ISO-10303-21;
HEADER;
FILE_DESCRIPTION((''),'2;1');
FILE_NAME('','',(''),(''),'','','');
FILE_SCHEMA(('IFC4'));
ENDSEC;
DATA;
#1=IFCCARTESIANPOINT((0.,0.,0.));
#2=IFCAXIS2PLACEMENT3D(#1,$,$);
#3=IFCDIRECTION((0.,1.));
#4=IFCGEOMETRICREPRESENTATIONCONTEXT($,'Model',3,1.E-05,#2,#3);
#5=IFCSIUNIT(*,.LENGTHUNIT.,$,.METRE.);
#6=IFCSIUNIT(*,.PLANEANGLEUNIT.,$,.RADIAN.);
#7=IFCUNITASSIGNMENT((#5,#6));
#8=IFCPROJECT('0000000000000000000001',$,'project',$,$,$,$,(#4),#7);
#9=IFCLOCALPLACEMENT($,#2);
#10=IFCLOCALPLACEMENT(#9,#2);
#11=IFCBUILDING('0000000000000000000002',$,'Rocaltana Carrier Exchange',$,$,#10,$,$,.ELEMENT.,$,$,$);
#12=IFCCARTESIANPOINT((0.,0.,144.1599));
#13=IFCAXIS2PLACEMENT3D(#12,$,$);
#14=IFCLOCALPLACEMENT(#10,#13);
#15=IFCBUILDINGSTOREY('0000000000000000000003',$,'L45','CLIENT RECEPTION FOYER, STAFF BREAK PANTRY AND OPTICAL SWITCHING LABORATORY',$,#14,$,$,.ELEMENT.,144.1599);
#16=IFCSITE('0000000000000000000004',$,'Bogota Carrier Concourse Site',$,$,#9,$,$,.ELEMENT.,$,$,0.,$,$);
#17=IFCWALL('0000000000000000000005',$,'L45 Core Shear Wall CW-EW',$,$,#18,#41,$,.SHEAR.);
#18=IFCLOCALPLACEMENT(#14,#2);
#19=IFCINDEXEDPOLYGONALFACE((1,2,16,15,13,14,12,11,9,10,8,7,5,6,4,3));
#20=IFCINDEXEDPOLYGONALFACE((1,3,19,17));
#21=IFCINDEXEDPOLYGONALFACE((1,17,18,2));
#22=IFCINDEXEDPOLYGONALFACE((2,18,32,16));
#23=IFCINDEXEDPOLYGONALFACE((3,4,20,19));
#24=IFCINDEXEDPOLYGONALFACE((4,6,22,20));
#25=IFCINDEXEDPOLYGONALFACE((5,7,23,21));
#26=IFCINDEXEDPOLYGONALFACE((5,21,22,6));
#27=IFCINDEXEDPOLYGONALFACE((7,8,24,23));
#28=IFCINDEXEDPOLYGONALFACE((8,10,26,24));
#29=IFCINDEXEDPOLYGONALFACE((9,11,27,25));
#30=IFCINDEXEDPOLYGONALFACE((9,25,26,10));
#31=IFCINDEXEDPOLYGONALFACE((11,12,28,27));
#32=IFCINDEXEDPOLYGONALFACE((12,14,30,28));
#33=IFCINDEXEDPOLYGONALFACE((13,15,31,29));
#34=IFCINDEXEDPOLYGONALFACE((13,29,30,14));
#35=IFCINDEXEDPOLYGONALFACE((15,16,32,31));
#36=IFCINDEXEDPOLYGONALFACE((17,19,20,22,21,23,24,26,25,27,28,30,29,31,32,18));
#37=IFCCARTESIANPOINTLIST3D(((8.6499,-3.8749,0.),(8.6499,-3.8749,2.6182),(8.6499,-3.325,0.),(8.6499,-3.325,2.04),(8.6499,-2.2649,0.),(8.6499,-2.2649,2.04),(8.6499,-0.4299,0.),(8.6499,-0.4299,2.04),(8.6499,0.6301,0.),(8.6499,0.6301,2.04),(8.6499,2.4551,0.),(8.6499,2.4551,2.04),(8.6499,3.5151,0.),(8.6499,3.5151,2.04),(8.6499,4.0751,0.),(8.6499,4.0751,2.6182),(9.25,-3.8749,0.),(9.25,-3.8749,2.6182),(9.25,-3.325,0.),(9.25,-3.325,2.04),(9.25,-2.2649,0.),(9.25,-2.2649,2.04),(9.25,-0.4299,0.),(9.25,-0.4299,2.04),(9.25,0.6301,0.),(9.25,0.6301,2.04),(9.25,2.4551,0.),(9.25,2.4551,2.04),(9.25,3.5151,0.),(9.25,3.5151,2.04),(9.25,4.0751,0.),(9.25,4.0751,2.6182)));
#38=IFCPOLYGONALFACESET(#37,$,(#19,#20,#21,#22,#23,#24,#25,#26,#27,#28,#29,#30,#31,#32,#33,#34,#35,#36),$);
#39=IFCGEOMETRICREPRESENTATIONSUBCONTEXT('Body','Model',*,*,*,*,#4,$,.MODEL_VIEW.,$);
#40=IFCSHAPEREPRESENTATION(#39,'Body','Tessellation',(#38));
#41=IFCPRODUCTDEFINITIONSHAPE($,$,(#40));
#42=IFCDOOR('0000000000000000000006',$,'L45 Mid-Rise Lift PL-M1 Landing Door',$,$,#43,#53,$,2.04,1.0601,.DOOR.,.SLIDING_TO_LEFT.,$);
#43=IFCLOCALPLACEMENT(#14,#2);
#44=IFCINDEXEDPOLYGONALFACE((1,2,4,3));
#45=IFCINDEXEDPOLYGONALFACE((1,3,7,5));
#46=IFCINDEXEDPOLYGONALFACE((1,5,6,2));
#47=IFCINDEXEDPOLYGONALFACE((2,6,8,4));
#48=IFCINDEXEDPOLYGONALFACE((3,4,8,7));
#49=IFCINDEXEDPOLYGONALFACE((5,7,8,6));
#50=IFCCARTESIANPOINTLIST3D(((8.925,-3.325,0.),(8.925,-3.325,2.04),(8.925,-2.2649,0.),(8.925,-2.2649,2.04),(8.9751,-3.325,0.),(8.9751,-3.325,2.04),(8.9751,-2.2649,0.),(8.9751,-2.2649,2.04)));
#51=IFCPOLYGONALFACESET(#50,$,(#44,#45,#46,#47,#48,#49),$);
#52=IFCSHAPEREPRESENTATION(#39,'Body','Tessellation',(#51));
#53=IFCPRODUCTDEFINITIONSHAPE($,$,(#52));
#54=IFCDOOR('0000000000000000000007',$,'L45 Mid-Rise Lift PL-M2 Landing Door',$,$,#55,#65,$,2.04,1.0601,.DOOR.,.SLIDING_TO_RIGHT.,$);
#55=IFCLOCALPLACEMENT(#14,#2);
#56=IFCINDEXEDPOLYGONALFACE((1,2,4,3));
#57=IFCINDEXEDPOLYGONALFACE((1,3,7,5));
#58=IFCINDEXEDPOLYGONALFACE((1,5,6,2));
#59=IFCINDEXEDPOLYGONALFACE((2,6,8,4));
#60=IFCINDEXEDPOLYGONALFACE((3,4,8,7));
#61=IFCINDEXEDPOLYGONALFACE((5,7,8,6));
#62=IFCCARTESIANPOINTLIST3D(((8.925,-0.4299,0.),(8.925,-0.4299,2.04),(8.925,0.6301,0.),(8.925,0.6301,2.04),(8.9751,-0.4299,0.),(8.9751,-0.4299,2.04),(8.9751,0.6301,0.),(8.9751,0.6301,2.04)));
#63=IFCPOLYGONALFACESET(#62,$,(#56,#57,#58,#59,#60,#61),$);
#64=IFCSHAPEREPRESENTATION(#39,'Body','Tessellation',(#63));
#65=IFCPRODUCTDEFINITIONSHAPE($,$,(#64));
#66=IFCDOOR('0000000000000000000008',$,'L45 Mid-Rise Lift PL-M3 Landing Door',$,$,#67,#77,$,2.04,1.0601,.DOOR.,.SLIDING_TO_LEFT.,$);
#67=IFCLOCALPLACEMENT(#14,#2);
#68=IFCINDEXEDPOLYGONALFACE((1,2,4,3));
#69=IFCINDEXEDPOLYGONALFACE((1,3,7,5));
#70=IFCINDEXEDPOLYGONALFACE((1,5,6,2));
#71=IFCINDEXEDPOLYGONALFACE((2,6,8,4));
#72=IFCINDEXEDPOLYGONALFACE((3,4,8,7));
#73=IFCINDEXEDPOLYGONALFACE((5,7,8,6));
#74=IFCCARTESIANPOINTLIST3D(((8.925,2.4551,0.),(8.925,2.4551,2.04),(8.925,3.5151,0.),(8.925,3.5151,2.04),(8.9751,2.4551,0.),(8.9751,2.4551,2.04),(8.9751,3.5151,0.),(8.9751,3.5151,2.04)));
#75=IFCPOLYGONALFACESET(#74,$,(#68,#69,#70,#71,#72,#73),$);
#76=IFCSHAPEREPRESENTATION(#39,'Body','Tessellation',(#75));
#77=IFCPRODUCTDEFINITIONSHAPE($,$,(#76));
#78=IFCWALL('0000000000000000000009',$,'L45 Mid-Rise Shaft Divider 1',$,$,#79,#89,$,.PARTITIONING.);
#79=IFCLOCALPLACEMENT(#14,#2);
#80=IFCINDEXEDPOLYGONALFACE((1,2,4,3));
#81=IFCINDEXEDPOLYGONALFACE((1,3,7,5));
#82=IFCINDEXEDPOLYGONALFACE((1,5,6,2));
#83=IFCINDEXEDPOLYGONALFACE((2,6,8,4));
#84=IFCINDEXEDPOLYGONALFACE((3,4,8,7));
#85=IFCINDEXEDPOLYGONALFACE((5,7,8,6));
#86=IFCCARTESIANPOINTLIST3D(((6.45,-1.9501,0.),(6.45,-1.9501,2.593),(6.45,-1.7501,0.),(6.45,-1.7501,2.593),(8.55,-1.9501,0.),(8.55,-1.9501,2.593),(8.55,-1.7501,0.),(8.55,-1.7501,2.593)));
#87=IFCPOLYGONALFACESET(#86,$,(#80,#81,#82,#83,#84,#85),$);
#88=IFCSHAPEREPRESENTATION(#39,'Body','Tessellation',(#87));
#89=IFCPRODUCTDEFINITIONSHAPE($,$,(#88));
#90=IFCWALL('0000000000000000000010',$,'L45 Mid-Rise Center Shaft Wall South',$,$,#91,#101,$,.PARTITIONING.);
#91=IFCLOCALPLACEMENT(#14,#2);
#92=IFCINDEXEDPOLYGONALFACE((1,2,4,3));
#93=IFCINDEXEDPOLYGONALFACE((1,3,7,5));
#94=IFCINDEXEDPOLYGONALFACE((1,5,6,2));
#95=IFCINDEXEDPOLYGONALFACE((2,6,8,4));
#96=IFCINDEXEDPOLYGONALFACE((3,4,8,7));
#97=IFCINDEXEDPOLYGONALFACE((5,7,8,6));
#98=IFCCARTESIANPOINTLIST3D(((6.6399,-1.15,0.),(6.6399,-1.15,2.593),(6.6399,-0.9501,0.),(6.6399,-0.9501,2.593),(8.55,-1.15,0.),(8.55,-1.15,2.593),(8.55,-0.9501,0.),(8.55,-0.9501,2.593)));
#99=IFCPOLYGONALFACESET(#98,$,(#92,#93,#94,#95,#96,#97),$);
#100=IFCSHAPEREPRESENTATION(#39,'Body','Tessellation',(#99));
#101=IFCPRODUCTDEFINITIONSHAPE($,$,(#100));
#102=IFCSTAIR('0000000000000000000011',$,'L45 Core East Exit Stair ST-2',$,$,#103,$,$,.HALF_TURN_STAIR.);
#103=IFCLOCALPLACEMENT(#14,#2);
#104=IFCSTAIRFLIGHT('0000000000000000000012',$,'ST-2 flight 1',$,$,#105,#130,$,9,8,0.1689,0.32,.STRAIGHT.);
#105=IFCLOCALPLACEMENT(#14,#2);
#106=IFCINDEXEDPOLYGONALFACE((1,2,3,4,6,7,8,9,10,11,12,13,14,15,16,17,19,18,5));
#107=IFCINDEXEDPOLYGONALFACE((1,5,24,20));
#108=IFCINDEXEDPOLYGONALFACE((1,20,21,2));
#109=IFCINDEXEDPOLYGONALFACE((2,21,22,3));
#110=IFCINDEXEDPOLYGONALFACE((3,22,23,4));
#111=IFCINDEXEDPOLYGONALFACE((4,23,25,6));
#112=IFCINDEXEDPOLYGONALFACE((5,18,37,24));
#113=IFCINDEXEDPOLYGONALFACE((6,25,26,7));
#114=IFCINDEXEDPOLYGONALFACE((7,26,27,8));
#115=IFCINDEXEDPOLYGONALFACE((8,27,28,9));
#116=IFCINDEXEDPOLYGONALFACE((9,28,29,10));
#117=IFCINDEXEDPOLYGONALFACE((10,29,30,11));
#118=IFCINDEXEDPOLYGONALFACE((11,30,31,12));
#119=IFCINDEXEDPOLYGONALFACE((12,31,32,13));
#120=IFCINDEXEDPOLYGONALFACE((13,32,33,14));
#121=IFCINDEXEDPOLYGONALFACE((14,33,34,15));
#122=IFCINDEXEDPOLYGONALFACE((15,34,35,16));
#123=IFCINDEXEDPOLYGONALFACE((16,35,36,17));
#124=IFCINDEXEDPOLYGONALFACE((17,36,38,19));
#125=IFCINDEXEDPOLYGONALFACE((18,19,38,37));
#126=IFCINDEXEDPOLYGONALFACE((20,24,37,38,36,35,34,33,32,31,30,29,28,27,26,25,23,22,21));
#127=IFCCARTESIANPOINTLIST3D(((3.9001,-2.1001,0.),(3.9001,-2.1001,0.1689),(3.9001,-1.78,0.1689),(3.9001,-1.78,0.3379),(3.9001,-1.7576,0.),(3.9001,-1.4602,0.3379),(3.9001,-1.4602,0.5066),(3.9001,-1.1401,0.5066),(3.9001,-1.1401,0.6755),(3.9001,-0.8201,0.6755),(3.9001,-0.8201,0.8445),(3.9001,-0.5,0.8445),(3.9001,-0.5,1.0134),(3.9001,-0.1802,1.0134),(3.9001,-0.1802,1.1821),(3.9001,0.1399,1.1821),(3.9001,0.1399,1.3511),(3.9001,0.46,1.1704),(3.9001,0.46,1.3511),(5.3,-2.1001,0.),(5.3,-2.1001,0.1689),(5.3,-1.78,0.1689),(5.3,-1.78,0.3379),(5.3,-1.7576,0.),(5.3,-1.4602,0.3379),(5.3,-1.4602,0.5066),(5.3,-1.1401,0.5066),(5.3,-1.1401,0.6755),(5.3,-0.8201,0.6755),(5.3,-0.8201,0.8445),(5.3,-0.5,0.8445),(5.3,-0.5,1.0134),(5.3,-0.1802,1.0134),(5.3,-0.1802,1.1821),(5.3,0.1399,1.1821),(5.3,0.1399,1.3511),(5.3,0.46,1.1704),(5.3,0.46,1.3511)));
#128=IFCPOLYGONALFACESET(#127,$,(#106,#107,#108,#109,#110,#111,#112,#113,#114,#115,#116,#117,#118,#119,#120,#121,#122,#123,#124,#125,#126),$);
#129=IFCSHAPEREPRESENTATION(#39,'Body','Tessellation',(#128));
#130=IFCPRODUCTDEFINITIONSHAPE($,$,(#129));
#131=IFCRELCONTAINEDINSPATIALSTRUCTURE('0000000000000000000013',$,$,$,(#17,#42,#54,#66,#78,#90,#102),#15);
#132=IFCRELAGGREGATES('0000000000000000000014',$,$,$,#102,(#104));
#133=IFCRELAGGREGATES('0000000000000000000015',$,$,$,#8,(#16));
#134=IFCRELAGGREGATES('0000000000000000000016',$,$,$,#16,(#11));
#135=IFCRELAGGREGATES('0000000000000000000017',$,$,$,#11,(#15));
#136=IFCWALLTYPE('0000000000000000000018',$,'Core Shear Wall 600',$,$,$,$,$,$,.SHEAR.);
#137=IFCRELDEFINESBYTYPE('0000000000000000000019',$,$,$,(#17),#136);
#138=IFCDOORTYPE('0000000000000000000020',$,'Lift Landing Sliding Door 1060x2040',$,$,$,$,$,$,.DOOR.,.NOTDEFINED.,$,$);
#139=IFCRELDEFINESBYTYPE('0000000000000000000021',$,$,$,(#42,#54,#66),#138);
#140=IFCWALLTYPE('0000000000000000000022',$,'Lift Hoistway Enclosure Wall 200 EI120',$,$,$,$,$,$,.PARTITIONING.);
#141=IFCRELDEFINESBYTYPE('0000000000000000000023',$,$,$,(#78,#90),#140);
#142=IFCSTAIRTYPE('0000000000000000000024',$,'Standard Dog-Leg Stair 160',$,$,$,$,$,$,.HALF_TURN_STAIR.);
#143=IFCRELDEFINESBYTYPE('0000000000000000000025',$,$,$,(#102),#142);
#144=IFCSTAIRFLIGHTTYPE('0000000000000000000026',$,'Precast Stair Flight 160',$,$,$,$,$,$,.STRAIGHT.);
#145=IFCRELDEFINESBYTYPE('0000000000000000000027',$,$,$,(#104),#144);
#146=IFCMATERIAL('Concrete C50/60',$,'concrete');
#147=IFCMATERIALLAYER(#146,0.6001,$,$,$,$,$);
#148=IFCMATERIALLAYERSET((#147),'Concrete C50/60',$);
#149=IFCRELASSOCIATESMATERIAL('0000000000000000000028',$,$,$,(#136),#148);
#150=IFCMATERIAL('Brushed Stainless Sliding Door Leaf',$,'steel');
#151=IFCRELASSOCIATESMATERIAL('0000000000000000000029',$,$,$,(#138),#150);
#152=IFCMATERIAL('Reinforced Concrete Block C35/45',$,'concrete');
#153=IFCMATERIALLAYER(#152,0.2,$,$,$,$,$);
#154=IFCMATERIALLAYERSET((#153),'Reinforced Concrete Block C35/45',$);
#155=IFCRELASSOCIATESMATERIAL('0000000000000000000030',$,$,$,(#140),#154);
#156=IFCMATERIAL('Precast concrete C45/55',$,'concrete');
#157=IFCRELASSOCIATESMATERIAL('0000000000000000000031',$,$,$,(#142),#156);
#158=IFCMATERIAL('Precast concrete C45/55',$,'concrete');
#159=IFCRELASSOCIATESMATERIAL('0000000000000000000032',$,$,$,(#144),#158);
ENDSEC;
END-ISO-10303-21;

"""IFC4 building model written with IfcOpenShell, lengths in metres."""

from ifc_helpers import new_model, si_unit, direction, frame, frame_2d, origin, place, context, subcontext, project, spatial, polyline, rectangle, outline, extrude, material, layer, layer_set, type_object, element, fill, aggregate, save


model = new_model("IFC4")

# Units and contexts
model_context = context("Model", 3, precision=1e-05, world=origin(), true_north=direction((0.0, 1.0)))
body_context = subcontext(model_context, "Body", "Model", "MODEL_VIEW")
ifc_project = project(units=[si_unit("LENGTHUNIT", "METRE"), si_unit("PLANEANGLEUNIT", "RADIAN")], contexts=[model_context])

# Site, building, storey
site_placement = place(None, origin())
site = spatial("IfcSite", under=ifc_project, at=site_placement, Name="Bogota Carrier Concourse Site", CompositionType="ELEMENT", RefElevation=0.0)
building_placement = place(site_placement, origin())
building = spatial("IfcBuilding", under=site, at=building_placement, Name="Rocaltana Carrier Exchange", CompositionType="ELEMENT")
storey_placement = place(building_placement, frame((0.0, 0.0, 144.1599)))
storey = spatial("IfcBuildingStorey", under=building, at=storey_placement, Name="L45", Description="CLIENT RECEPTION FOYER, STAFF BREAK PANTRY AND OPTICAL SWITCHING LABORATORY", CompositionType="ELEMENT", Elevation=144.1599)

# Shared definitions
ifc_material_1 = material(Name="Concrete C50/60", Category="concrete")
ifc_layer_1 = layer(ifc_material_1, 0.6001)
ifc_layer_set_1 = layer_set([ifc_layer_1], Name="Concrete C50/60")
wall_type_1 = type_object("IfcWallType", Name="Core Shear Wall 600", PredefinedType="SHEAR", material=ifc_layer_set_1)

# Wall, openings, doors
wall_1_placement = place(storey_placement, frame((8.95, -3.875, 0.0), z_axis=(0.0, 0.0, 1.0), x_axis=(0.0, 1.0, 0.0)))
wall_1 = element("IfcWall", 1, at=wall_1_placement, inside=storey, type_object=wall_type_1, Name="L45 Core Shear Wall CW-EW", PredefinedType="SHEAR", context=body_context, shape_type="SweptSolid", body=[
    extrude(rectangle(XDim=7.95, YDim=0.6001, at=frame_2d((3.9751, 0.0))), origin(), (0.0, 0.0, 1.0), 2.6182),
])
opening_1_placement = place(wall_1_placement, frame((0.55, 0.0, 0.0)))
opening_1 = element("IfcOpeningElement", 2, at=opening_1_placement, cuts=wall_1, PredefinedType="OPENING", context=body_context, shape_type="SweptSolid", body=[
    extrude(rectangle(XDim=1.0601, YDim=2.04, at=frame_2d((0.53, 1.02))), frame((0.0, 0.3101, 0.0), z_axis=(0.0, -1.0, 0.0), x_axis=(1.0, 0.0, 0.0)), (0.0, 0.0, 1.0), 0.6201),
])
opening_2_placement = place(wall_1_placement, frame((3.4451, 0.0, 0.0)))
opening_2 = element("IfcOpeningElement", 3, at=opening_2_placement, cuts=wall_1, PredefinedType="OPENING", context=body_context, shape_type="SweptSolid", body=[
    extrude(rectangle(XDim=1.0601, YDim=2.04, at=frame_2d((0.53, 1.02))), frame((0.0, 0.3101, 0.0), z_axis=(0.0, -1.0, 0.0), x_axis=(1.0, 0.0, 0.0)), (0.0, 0.0, 1.0), 0.6201),
])
opening_3_placement = place(wall_1_placement, frame((6.3301, 0.0, 0.0)))
opening_3 = element("IfcOpeningElement", 4, at=opening_3_placement, cuts=wall_1, PredefinedType="OPENING", context=body_context, shape_type="SweptSolid", body=[
    extrude(rectangle(XDim=1.0601, YDim=2.04, at=frame_2d((0.53, 1.02))), frame((0.0, 0.3101, 0.0), z_axis=(0.0, -1.0, 0.0), x_axis=(1.0, 0.0, 0.0)), (0.0, 0.0, 1.0), 0.6201),
])
ifc_material_2 = material(Name="Brushed Stainless Sliding Door Leaf", Category="steel")
door_type = type_object("IfcDoorType", Name="Lift Landing Sliding Door 1060x2040", OperationType="NOTDEFINED", PredefinedType="DOOR", material=ifc_material_2)
door_1_placement = place(opening_1_placement, origin())
door_1 = element("IfcDoor", 5, at=door_1_placement, inside=storey, type_object=door_type, Name="L45 Mid-Rise Lift PL-M1 Landing Door", OperationType="SLIDING_TO_LEFT", OverallHeight=2.04, OverallWidth=1.0601, PredefinedType="DOOR", context=body_context, shape_type="SweptSolid", body=[
    extrude(rectangle(XDim=1.0601, YDim=2.04, at=frame_2d((0.53, 1.02))), frame((0.0, 0.0249, 0.0), z_axis=(0.0, -1.0, 0.0), x_axis=(1.0, 0.0, 0.0)), (0.0, 0.0, 1.0), 0.05),
])
fill(opening_1, door_1)
door_2_placement = place(opening_2_placement, origin())
door_2 = element("IfcDoor", 6, at=door_2_placement, inside=storey, type_object=door_type, Name="L45 Mid-Rise Lift PL-M2 Landing Door", OperationType="SLIDING_TO_RIGHT", OverallHeight=2.04, OverallWidth=1.0601, PredefinedType="DOOR", context=body_context, shape_type="SweptSolid", body=[
    extrude(rectangle(XDim=1.0601, YDim=2.04, at=frame_2d((0.53, 1.02))), frame((0.0, 0.0249, 0.0), z_axis=(0.0, -1.0, 0.0), x_axis=(1.0, 0.0, 0.0)), (0.0, 0.0, 1.0), 0.05),
])
fill(opening_2, door_2)
door_3_placement = place(opening_3_placement, origin())
door_3 = element("IfcDoor", 7, at=door_3_placement, inside=storey, type_object=door_type, Name="L45 Mid-Rise Lift PL-M3 Landing Door", OperationType="SLIDING_TO_LEFT", OverallHeight=2.04, OverallWidth=1.0601, PredefinedType="DOOR", context=body_context, shape_type="SweptSolid", body=[
    extrude(rectangle(XDim=1.0601, YDim=2.04, at=frame_2d((0.53, 1.02))), frame((0.0, 0.0249, 0.0), z_axis=(0.0, -1.0, 0.0), x_axis=(1.0, 0.0, 0.0)), (0.0, 0.0, 1.0), 0.05),
])
fill(opening_3, door_3)

# Walls
ifc_material_3 = material(Name="Reinforced Concrete Block C35/45", Category="concrete")
ifc_layer_2 = layer(ifc_material_3, 0.2)
ifc_layer_set_2 = layer_set([ifc_layer_2], Name="Reinforced Concrete Block C35/45")
wall_type_2 = type_object("IfcWallType", Name="Lift Hoistway Enclosure Wall 200 EI120", PredefinedType="PARTITIONING", material=ifc_layer_set_2)
wall_2_placement = place(storey_placement, frame((6.45, -1.8501, 0.0), z_axis=(0.0, 0.0, 1.0), x_axis=(1.0, 0.0, 0.0)))
element("IfcWall", 8, at=wall_2_placement, inside=storey, type_object=wall_type_2, Name="L45 Mid-Rise Shaft Divider 1", PredefinedType="PARTITIONING", context=body_context, shape_type="SweptSolid", body=[
    extrude(rectangle(XDim=2.1001, YDim=0.2, at=frame_2d((1.05, 0.0))), origin(), (0.0, 0.0, 1.0), 2.593),
])
wall_3_placement = place(storey_placement, frame((6.6399, -1.05, 0.0), z_axis=(0.0, 0.0, 1.0), x_axis=(1.0, 0.0, 0.0)))
element("IfcWall", 9, at=wall_3_placement, inside=storey, type_object=wall_type_2, Name="L45 Mid-Rise Center Shaft Wall South", PredefinedType="PARTITIONING", context=body_context, shape_type="SweptSolid", body=[
    extrude(rectangle(XDim=1.9102, YDim=0.2, at=frame_2d((0.9551, 0.0))), origin(), (0.0, 0.0, 1.0), 2.593),
])

# Stair, stair flight
ifc_material_4 = material(Name="Precast concrete C45/55", Category="concrete")
stair_type = type_object("IfcStairType", Name="Standard Dog-Leg Stair 160", PredefinedType="HALF_TURN_STAIR", material=ifc_material_4)
stair_placement = place(storey_placement, origin())
stair = element("IfcStair", 10, at=stair_placement, inside=storey, type_object=stair_type, Name="L45 Core East Exit Stair ST-2", PredefinedType="HALF_TURN_STAIR")
ifc_material_5 = material(Name="Precast concrete C45/55", Category="concrete")
stair_flight_type = type_object("IfcStairFlightType", Name="Precast Stair Flight 160", PredefinedType="STRAIGHT", material=ifc_material_5)
stair_flight_placement = place(storey_placement, frame((4.6001, -2.1001, 0.0), z_axis=(0.0, 0.0, 1.0), x_axis=(0.0, 1.0, 0.0)))
stair_flight = element("IfcStairFlight", 11, at=stair_flight_placement, type_object=stair_flight_type, Name="ST-2 flight 1", NumberOfRisers=9, NumberOfTreads=8, PredefinedType="STRAIGHT", RiserHeight=0.1689, TreadLength=0.32, context=body_context, shape_type="SweptSolid", body=[
    extrude(outline(polyline([(0.0, 0.0), (0.0, 0.1689), (0.3201, 0.1689), (0.3201, 0.3379), (0.6399, 0.3379), (0.6399, 0.5066), (0.96, 0.5066), (0.96, 0.6755), (1.28, 0.6755), (1.28, 0.8445), (1.6001, 0.8445), (1.6001, 1.0134), (1.9199, 1.0134), (1.9199, 1.1821), (2.24, 1.1821), (2.24, 1.3511), (2.5601, 1.3511), (2.5601, 1.52), (2.5601, 1.1704), (0.3425, 0.0), (0.0, 0.0)])), frame((0.0, 0.7, 0.0), z_axis=(0.0, -1.0, 0.0), x_axis=(1.0, 0.0, 0.0)), (0.0, 0.0, 1.0), 1.3999),
])
aggregate(stair, [stair_flight])

save(model, "model.ifc")
